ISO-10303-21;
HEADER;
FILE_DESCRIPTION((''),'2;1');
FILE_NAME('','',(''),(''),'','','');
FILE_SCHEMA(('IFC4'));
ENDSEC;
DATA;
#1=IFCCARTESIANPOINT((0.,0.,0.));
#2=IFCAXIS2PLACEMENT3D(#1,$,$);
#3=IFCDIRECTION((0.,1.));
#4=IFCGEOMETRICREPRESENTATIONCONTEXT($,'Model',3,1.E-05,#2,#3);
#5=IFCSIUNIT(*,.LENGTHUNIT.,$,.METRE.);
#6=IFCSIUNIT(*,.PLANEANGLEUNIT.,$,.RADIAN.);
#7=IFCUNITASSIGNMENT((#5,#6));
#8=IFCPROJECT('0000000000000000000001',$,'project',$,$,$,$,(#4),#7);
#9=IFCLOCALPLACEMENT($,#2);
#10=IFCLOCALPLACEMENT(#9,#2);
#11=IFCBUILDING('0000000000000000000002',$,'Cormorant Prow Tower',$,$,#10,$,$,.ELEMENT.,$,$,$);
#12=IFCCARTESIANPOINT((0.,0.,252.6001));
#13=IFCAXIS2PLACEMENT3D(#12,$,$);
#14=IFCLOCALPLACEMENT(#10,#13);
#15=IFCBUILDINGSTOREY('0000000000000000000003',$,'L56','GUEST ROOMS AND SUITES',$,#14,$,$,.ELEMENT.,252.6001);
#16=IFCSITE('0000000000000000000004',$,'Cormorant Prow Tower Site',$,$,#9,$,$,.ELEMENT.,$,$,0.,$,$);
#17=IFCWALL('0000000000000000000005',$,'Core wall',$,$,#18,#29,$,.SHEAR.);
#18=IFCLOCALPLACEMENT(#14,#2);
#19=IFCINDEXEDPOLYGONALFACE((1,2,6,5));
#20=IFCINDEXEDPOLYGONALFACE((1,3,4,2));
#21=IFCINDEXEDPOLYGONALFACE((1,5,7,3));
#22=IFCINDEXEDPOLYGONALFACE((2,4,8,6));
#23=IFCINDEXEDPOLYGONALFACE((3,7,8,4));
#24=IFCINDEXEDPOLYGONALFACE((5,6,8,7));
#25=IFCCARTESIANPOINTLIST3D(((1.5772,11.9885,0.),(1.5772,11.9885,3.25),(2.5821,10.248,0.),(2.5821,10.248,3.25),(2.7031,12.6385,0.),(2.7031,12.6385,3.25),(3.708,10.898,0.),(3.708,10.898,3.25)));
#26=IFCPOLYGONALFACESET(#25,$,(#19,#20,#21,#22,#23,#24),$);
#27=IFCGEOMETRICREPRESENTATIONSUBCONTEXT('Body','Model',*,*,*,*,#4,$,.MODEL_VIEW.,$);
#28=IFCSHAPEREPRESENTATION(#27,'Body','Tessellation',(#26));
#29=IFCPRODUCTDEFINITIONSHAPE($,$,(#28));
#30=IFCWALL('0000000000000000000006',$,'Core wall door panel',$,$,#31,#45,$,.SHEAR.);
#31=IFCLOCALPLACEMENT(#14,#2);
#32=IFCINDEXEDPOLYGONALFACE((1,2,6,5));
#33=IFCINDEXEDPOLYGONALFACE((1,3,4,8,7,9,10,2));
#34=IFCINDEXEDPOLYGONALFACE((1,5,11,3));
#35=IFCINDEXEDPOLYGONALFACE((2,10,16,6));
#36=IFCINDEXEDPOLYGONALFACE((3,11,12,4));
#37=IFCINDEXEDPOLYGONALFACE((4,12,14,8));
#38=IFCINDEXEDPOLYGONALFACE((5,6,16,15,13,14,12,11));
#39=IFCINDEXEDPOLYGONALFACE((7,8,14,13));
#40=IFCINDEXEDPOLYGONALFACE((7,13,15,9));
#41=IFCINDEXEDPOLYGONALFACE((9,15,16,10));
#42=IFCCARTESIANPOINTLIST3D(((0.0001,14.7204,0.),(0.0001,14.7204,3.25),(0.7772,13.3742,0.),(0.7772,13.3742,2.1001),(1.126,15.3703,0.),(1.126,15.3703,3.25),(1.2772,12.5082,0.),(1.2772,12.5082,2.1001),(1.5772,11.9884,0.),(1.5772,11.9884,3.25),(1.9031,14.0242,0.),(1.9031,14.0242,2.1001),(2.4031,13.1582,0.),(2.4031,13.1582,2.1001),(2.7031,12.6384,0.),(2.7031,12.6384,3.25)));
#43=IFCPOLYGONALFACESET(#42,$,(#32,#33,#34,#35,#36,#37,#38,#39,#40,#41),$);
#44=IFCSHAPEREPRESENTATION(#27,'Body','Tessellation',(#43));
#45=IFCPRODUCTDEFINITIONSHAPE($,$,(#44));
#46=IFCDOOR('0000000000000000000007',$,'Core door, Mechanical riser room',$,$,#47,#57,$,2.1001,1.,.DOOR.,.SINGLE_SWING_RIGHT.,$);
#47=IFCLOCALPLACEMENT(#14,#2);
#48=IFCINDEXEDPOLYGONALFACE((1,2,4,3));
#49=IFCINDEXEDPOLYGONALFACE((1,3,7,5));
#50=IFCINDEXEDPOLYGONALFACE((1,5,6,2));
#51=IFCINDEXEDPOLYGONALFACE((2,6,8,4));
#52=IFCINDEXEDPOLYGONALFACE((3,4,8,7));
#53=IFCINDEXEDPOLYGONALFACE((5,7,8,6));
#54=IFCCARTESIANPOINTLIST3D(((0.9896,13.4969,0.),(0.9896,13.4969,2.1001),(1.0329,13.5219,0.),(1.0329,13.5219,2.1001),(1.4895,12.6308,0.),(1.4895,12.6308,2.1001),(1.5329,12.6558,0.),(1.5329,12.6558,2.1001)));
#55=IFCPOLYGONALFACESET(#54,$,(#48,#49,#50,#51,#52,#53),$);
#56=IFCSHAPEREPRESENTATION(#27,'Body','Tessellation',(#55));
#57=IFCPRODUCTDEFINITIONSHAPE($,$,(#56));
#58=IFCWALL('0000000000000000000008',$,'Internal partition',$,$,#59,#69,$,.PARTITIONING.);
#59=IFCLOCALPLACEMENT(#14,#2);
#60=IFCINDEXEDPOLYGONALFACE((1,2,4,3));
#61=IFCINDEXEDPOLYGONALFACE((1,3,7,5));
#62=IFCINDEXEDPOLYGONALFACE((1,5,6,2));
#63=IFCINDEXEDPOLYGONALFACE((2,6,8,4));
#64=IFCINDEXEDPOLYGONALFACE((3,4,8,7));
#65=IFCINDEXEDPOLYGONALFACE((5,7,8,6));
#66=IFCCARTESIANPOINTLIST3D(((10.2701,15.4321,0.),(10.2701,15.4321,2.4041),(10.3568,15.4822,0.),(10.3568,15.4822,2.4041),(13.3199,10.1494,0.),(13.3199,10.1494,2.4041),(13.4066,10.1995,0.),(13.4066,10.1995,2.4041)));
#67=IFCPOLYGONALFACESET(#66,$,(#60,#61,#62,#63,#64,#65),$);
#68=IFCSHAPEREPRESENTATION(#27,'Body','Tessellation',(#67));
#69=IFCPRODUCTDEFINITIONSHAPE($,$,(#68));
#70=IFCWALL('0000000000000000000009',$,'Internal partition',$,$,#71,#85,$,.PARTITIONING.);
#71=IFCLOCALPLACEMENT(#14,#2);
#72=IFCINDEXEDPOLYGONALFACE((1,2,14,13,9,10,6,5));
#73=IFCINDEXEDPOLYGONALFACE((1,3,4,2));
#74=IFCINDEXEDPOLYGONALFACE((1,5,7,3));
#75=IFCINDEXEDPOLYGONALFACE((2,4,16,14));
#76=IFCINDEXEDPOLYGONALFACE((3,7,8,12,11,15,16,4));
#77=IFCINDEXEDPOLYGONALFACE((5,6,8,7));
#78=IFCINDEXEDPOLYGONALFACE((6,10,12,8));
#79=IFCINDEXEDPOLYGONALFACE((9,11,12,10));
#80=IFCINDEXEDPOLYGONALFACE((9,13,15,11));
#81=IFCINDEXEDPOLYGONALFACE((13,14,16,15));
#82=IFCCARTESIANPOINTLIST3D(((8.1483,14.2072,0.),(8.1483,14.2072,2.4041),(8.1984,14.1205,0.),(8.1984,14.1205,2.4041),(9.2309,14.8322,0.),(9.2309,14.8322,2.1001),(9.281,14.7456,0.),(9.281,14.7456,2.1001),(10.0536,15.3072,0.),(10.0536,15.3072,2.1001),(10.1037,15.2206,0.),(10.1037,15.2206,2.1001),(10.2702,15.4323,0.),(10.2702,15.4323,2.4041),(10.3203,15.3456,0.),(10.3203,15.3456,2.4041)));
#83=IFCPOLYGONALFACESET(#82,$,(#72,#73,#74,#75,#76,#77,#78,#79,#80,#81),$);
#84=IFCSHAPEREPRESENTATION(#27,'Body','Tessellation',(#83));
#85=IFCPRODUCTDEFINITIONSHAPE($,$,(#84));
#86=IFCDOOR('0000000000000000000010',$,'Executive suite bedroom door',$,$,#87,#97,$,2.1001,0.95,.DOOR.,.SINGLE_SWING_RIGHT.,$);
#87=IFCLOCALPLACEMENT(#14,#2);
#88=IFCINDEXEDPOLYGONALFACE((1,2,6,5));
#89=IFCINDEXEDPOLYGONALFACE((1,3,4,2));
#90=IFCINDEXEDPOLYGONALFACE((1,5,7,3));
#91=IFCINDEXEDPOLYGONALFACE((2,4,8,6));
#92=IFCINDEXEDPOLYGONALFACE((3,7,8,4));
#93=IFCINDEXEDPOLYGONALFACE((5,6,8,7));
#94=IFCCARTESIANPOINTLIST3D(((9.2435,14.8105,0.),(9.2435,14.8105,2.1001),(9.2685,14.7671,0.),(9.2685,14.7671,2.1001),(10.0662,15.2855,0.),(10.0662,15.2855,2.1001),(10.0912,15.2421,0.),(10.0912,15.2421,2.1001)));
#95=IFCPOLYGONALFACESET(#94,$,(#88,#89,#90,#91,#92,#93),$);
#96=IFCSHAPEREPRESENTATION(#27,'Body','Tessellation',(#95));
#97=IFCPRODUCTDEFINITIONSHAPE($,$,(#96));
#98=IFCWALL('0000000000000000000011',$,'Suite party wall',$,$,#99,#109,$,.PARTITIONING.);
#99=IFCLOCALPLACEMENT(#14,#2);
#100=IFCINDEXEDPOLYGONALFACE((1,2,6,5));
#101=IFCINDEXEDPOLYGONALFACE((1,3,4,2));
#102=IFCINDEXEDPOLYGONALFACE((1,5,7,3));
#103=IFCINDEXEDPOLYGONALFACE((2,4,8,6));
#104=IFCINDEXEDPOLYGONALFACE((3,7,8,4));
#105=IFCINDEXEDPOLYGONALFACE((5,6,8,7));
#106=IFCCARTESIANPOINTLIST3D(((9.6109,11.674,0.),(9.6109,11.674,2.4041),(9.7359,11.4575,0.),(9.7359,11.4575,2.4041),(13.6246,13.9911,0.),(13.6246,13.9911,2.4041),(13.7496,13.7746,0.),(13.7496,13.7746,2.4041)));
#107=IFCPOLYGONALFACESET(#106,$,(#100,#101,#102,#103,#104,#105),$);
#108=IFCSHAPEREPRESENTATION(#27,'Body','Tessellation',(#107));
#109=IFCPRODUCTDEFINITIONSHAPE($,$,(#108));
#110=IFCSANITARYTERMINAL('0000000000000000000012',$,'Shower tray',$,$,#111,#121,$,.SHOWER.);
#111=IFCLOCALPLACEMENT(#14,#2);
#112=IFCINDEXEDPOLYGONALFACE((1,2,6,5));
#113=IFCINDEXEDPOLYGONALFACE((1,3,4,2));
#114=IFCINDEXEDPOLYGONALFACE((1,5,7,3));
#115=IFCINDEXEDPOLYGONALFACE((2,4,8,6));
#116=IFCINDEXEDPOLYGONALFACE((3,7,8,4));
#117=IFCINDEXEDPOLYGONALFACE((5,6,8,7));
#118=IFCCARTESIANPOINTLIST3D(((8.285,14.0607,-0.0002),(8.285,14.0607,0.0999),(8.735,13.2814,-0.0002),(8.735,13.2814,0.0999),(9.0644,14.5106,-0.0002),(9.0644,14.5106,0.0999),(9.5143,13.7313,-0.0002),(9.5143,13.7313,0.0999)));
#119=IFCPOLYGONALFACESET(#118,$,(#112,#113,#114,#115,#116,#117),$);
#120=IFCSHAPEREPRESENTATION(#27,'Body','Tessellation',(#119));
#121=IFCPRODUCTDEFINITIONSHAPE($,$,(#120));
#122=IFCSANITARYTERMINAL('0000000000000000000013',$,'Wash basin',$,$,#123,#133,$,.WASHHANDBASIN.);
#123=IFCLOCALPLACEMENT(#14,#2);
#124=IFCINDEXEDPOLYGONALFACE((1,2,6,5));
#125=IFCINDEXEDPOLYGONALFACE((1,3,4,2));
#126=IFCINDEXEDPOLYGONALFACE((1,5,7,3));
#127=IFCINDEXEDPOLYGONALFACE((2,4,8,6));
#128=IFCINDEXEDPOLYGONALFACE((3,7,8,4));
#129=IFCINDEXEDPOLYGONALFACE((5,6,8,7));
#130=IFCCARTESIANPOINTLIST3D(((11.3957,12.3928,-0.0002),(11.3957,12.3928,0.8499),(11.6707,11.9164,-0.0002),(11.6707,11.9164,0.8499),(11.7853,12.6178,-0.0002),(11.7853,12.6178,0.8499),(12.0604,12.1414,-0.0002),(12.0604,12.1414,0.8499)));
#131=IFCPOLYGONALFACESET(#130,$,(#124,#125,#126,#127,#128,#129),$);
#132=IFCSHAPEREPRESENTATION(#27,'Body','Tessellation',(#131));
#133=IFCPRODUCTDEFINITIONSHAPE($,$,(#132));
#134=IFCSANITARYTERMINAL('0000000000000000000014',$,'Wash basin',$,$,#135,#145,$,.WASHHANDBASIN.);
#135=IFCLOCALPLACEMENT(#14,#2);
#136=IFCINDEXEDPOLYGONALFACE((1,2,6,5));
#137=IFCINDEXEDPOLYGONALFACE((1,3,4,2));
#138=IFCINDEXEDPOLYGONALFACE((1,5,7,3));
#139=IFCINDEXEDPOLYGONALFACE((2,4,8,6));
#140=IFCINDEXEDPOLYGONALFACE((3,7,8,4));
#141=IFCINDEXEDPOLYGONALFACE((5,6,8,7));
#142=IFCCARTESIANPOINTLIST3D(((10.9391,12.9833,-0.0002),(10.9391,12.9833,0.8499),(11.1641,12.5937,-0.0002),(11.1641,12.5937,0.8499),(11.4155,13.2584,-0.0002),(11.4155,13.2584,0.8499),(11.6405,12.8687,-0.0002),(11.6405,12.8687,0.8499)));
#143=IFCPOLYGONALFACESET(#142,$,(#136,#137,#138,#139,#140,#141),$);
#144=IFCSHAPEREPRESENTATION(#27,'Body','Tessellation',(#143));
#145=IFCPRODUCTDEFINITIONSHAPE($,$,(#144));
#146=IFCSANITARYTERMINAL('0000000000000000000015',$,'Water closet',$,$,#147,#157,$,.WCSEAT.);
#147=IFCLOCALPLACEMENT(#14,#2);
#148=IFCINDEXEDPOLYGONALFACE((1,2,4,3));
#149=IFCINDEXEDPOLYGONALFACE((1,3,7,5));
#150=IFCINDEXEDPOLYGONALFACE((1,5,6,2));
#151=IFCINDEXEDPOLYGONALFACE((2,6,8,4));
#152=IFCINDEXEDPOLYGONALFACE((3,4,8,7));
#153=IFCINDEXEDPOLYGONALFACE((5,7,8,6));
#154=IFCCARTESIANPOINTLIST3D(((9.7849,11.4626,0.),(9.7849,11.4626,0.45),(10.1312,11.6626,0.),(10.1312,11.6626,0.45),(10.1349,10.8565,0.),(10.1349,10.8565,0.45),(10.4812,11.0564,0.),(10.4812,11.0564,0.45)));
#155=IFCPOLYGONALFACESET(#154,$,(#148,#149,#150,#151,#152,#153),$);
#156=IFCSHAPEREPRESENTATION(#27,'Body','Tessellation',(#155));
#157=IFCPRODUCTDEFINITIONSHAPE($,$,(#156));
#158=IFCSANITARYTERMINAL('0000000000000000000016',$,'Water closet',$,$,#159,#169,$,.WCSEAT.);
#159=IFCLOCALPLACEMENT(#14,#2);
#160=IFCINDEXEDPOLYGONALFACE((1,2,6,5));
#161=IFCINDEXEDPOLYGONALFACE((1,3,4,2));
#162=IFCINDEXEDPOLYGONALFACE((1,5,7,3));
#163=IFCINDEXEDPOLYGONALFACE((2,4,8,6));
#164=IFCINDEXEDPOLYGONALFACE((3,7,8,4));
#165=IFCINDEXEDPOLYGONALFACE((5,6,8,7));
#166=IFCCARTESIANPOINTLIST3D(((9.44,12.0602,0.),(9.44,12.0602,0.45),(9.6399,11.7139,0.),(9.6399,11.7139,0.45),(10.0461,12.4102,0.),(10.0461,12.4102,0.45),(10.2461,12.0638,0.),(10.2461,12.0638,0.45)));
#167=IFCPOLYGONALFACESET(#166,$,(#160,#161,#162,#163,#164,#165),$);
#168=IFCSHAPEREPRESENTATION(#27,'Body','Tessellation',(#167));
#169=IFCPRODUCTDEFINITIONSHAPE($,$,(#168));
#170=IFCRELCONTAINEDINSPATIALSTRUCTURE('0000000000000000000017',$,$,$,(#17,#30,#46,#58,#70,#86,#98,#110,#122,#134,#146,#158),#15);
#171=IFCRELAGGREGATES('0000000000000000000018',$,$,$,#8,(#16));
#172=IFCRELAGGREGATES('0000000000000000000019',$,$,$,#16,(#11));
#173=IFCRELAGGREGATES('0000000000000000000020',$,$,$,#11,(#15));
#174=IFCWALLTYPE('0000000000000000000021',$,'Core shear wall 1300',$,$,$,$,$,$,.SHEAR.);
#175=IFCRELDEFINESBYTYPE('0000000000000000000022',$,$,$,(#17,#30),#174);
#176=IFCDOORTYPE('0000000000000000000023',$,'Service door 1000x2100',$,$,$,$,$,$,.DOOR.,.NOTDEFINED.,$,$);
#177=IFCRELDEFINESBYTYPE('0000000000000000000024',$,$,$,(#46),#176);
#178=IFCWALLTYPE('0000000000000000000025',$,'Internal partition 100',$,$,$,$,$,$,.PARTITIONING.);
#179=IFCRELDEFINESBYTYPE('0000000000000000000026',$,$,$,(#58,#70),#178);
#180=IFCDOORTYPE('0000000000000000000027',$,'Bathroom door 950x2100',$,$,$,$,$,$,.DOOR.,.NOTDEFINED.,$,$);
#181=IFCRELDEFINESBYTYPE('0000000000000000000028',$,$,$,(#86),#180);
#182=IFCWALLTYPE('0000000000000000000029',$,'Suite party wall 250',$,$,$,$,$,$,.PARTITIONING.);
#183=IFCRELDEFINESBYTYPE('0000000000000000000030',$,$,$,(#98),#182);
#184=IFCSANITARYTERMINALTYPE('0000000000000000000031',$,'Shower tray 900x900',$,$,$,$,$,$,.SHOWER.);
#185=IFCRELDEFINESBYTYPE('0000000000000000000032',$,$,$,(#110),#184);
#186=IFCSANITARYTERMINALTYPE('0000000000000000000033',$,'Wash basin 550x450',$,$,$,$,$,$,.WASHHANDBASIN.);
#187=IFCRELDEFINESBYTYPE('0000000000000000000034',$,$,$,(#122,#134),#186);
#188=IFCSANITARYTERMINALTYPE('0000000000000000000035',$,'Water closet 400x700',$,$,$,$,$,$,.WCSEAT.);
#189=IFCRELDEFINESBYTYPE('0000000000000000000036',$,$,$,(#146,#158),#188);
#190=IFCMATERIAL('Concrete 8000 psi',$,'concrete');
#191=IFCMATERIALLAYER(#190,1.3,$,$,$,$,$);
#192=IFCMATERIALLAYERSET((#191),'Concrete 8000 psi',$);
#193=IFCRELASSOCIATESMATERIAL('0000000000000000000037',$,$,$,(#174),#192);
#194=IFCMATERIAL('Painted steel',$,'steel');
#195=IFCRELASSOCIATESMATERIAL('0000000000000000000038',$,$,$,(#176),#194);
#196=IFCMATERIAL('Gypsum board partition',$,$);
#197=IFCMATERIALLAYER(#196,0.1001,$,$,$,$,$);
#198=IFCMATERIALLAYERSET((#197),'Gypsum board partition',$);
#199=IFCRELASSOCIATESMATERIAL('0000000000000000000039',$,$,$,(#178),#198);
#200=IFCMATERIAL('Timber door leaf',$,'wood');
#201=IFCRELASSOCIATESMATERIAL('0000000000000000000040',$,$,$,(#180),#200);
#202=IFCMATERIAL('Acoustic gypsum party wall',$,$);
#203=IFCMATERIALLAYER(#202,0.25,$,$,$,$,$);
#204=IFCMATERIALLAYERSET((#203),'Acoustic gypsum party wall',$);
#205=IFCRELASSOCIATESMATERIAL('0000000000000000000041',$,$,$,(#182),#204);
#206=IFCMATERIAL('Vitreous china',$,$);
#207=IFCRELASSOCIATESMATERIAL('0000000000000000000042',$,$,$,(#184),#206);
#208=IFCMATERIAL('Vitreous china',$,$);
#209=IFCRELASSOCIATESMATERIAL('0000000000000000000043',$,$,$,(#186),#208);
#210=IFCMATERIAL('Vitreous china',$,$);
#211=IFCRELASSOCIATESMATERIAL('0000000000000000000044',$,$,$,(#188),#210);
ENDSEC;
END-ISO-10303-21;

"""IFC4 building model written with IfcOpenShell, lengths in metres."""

from ifc_helpers import new_model, si_unit, direction, frame, frame_2d, origin, origin_2d, place, context, subcontext, project, spatial, rectangle, extrude, material, layer, layer_set, type_object, element, fill, save


model = new_model("IFC4")

# Units and contexts
model_context = context("Model", 3, precision=1e-05, world=origin(), true_north=direction((0.0, 1.0)))
body_context = subcontext(model_context, "Body", "Model", "MODEL_VIEW")
ifc_project = project(units=[si_unit("LENGTHUNIT", "METRE"), si_unit("PLANEANGLEUNIT", "RADIAN")], contexts=[model_context])

# Site, building, storey
site_placement = place(None, origin())
site = spatial("IfcSite", under=ifc_project, at=site_placement, Name="Cormorant Prow Tower Site", CompositionType="ELEMENT", RefElevation=0.0)
building_placement = place(site_placement, origin())
building = spatial("IfcBuilding", under=site, at=building_placement, Name="Cormorant Prow Tower", CompositionType="ELEMENT")
storey_placement = place(building_placement, frame((0.0, 0.0, 252.6001)))
storey = spatial("IfcBuildingStorey", under=building, at=storey_placement, Name="L56", Description="GUEST ROOMS AND SUITES", CompositionType="ELEMENT", Elevation=252.6001)

# Wall
ifc_material_1 = material(Name="Concrete 8000 psi", Category="concrete")
ifc_layer_1 = layer(ifc_material_1, 1.3)
ifc_layer_set_1 = layer_set([ifc_layer_1], Name="Concrete 8000 psi")
wall_type_1 = type_object("IfcWallType", Name="Core shear wall 1300", PredefinedType="SHEAR", material=ifc_layer_set_1)
wall_1_placement = place(storey_placement, frame((3.145, 10.573, 0.0), z_axis=(0.0, 0.0, 1.0), x_axis=(-0.500006, 0.866022, 0.0)))
element("IfcWall", 1, at=wall_1_placement, inside=storey, type_object=wall_type_1, Name="Core wall", PredefinedType="SHEAR", context=body_context, shape_type="SweptSolid", body=[
    extrude(rectangle(XDim=2.0098, YDim=1.3, at=frame_2d((1.0049, 0.0))), origin(), (0.0, 0.0, 1.0), 3.25),
])

# Wall, opening, door
wall_2_placement = place(storey_placement, frame((2.1401, 12.3135, 0.0), z_axis=(0.0, 0.0, 1.0), x_axis=(-0.499968, 0.866044, 0.0)))
wall_2 = element("IfcWall", 2, at=wall_2_placement, inside=storey, type_object=wall_type_1, Name="Core wall door panel", PredefinedType="SHEAR", context=body_context, shape_type="SweptSolid", body=[
    extrude(rectangle(XDim=3.1545, YDim=1.3, at=frame_2d((1.5771, 0.0))), origin(), (0.0, 0.0, 1.0), 3.25),
])
opening_1_placement = place(wall_2_placement, frame((0.6001, 0.0, 0.0)))
opening_1 = element("IfcOpeningElement", 3, at=opening_1_placement, cuts=wall_2, PredefinedType="OPENING", context=body_context, shape_type="SweptSolid", body=[
    extrude(rectangle(XDim=1.0, YDim=2.1001, at=frame_2d((0.5, 1.05))), frame((0.0, 0.6599, 0.0), z_axis=(0.0, -1.0, 0.0), x_axis=(1.0, 0.0, 0.0)), (0.0, 0.0, 1.0), 1.3201),
])
ifc_material_2 = material(Name="Painted steel", Category="steel")
door_type_1 = type_object("IfcDoorType", Name="Service door 1000x2100", OperationType="NOTDEFINED", PredefinedType="DOOR", material=ifc_material_2)
door_1_placement = place(opening_1_placement, origin())
door_1 = element("IfcDoor", 4, at=door_1_placement, inside=storey, type_object=door_type_1, Name="Core door, Mechanical riser room", OperationType="SINGLE_SWING_RIGHT", OverallHeight=2.1001, OverallWidth=1.0, PredefinedType="DOOR", context=body_context, shape_type="SweptSolid", body=[
    extrude(rectangle(XDim=1.0, YDim=2.1001, at=frame_2d((0.5, 1.05))), frame((0.0, 0.4048, 0.0), z_axis=(0.0, -1.0, 0.0), x_axis=(1.0, 0.0, 0.0)), (0.0, 0.0, 1.0), 0.05),
])
fill(opening_1, door_1)

# Wall
ifc_material_3 = material(Name="Gypsum board partition")
ifc_layer_2 = layer(ifc_material_3, 0.1001)
ifc_layer_set_2 = layer_set([ifc_layer_2], Name="Gypsum board partition")
wall_type_2 = type_object("IfcWallType", Name="Internal partition 100", PredefinedType="PARTITIONING", material=ifc_layer_set_2)
wall_3_placement = place(storey_placement, frame((10.3135, 15.457, 0.0), z_axis=(0.0, 0.0, 1.0), x_axis=(0.499979, -0.866038, 0.0)))
element("IfcWall", 5, at=wall_3_placement, inside=storey, type_object=wall_type_2, Name="Internal partition", PredefinedType="PARTITIONING", context=body_context, shape_type="SweptSolid", body=[
    extrude(rectangle(XDim=6.0999, YDim=0.1001, at=frame_2d((3.0498, 0.0))), origin(), (0.0, 0.0, 1.0), 2.4041),
])

# Wall, opening, door
wall_4_placement = place(storey_placement, frame((8.1733, 14.1638, 0.0), z_axis=(0.0, 0.0, 1.0), x_axis=(0.866015, 0.500019, 0.0)))
wall_4 = element("IfcWall", 6, at=wall_4_placement, inside=storey, type_object=wall_type_2, Name="Internal partition", PredefinedType="PARTITIONING", context=body_context, shape_type="SweptSolid", body=[
    extrude(rectangle(XDim=2.4502, YDim=0.1001, at=frame_2d((1.2251, 0.0))), origin(), (0.0, 0.0, 1.0), 2.4041),
])
opening_2_placement = place(wall_4_placement, frame((1.25, 0.0, 0.0)))
opening_2 = element("IfcOpeningElement", 7, at=opening_2_placement, cuts=wall_4, PredefinedType="OPENING", context=body_context, shape_type="SweptSolid", body=[
    extrude(rectangle(XDim=0.95, YDim=2.1001, at=frame_2d((0.4751, 1.05))), frame((0.0, 0.0601, 0.0), z_axis=(0.0, -1.0, 0.0), x_axis=(1.0, 0.0, 0.0)), (0.0, 0.0, 1.0), 0.1201),
])
ifc_material_4 = material(Name="Timber door leaf", Category="wood")
door_type_2 = type_object("IfcDoorType", Name="Bathroom door 950x2100", OperationType="NOTDEFINED", PredefinedType="DOOR", material=ifc_material_4)
door_2_placement = place(opening_2_placement, origin())
door_2 = element("IfcDoor", 8, at=door_2_placement, inside=storey, type_object=door_type_2, Name="Executive suite bedroom door", OperationType="SINGLE_SWING_RIGHT", OverallHeight=2.1001, OverallWidth=0.95, PredefinedType="DOOR", context=body_context, shape_type="SweptSolid", body=[
    extrude(rectangle(XDim=0.95, YDim=2.1001, at=frame_2d((0.4751, 1.05))), frame((0.0, 0.0249, 0.0), z_axis=(0.0, -1.0, 0.0), x_axis=(1.0, 0.0, 0.0)), (0.0, 0.0, 1.0), 0.05),
])
fill(opening_2, door_2)

# Wall
ifc_material_5 = material(Name="Acoustic gypsum party wall")
ifc_layer_3 = layer(ifc_material_5, 0.25)
ifc_layer_set_3 = layer_set([ifc_layer_3], Name="Acoustic gypsum party wall")
wall_type_3 = type_object("IfcWallType", Name="Suite party wall 250", PredefinedType="PARTITIONING", material=ifc_layer_set_3)
wall_5_placement = place(storey_placement, frame((9.6733, 11.5657, 0.0), z_axis=(0.0, 0.0, 1.0), x_axis=(0.86604, 0.499975, 0.0)))
element("IfcWall", 9, at=wall_5_placement, inside=storey, type_object=wall_type_3, Name="Suite party wall", PredefinedType="PARTITIONING", context=body_context, shape_type="SweptSolid", body=[
    extrude(rectangle(XDim=4.6345, YDim=0.25, at=frame_2d((2.3174, 0.0))), origin(), (0.0, 0.0, 1.0), 2.4041),
])

# Sanitary terminals
ifc_material_6 = material(Name="Vitreous china")
sanitary_terminal_type_1 = type_object("IfcSanitaryTerminalType", Name="Shower tray 900x900", PredefinedType="SHOWER", material=ifc_material_6)
sanitary_terminal_placement = place(storey_placement, frame((8.8997, 13.896, -0.0002), z_axis=(0.0, 0.0, 1.0), x_axis=(0.866025, 0.5, 0.0)))
element("IfcSanitaryTerminal", 10, at=sanitary_terminal_placement, inside=storey, type_object=sanitary_terminal_type_1, Name="Shower tray", PredefinedType="SHOWER", context=body_context, shape_type="SweptSolid", body=[
    extrude(rectangle(XDim=0.8999, YDim=0.8999, at=origin_2d()), origin(), (0.0, 0.0, 1.0), 0.1001),
])
ifc_material_7 = material(Name="Vitreous china")
sanitary_terminal_type_2 = type_object("IfcSanitaryTerminalType", Name="Wash basin 550x450", PredefinedType="WASHHANDBASIN", material=ifc_material_7)
for number, where, z_axis, x_axis, name in (
    (11, (11.728, 12.2671, -0.0002), (0.0, 0.0, 1.0), (0.5, -0.866025, 0.0), "Wash basin"),
    (12, (11.2898, 12.926, -0.0002), (0.0, 0.0, 1.0), (-0.866025, -0.5, 0.0), "Wash basin"),
):
    element("IfcSanitaryTerminal", number, at=place(storey_placement, frame(where, z_axis=z_axis, x_axis=x_axis)), inside=storey, type_object=sanitary_terminal_type_2, Name=name, PredefinedType="WASHHANDBASIN", context=body_context, shape_type="SweptSolid", body=[
        extrude(rectangle(XDim=0.55, YDim=0.45, at=origin_2d()), origin(), (0.0, 0.0, 1.0), 0.8501),
    ])
ifc_material_8 = material(Name="Vitreous china")
sanitary_terminal_type_3 = type_object("IfcSanitaryTerminalType", Name="Water closet 400x700", PredefinedType="WCSEAT", material=ifc_material_8)
for number, where, z_axis, x_axis, name in (
    (13, (10.1331, 11.2595, 0.0), (0.0, 0.0, 1.0), (0.866025, 0.5, 0.0), "Water closet"),
    (14, (9.843, 12.062, 0.0), (0.0, 0.0, 1.0), (-0.5, 0.866025, 0.0), "Water closet"),
):
    element("IfcSanitaryTerminal", number, at=place(storey_placement, frame(where, z_axis=z_axis, x_axis=x_axis)), inside=storey, type_object=sanitary_terminal_type_3, Name=name, PredefinedType="WCSEAT", context=body_context, shape_type="SweptSolid", body=[
        extrude(rectangle(XDim=0.3999, YDim=0.7, at=origin_2d()), origin(), (0.0, 0.0, 1.0), 0.45),
    ])

save(model, "model.ifc")
